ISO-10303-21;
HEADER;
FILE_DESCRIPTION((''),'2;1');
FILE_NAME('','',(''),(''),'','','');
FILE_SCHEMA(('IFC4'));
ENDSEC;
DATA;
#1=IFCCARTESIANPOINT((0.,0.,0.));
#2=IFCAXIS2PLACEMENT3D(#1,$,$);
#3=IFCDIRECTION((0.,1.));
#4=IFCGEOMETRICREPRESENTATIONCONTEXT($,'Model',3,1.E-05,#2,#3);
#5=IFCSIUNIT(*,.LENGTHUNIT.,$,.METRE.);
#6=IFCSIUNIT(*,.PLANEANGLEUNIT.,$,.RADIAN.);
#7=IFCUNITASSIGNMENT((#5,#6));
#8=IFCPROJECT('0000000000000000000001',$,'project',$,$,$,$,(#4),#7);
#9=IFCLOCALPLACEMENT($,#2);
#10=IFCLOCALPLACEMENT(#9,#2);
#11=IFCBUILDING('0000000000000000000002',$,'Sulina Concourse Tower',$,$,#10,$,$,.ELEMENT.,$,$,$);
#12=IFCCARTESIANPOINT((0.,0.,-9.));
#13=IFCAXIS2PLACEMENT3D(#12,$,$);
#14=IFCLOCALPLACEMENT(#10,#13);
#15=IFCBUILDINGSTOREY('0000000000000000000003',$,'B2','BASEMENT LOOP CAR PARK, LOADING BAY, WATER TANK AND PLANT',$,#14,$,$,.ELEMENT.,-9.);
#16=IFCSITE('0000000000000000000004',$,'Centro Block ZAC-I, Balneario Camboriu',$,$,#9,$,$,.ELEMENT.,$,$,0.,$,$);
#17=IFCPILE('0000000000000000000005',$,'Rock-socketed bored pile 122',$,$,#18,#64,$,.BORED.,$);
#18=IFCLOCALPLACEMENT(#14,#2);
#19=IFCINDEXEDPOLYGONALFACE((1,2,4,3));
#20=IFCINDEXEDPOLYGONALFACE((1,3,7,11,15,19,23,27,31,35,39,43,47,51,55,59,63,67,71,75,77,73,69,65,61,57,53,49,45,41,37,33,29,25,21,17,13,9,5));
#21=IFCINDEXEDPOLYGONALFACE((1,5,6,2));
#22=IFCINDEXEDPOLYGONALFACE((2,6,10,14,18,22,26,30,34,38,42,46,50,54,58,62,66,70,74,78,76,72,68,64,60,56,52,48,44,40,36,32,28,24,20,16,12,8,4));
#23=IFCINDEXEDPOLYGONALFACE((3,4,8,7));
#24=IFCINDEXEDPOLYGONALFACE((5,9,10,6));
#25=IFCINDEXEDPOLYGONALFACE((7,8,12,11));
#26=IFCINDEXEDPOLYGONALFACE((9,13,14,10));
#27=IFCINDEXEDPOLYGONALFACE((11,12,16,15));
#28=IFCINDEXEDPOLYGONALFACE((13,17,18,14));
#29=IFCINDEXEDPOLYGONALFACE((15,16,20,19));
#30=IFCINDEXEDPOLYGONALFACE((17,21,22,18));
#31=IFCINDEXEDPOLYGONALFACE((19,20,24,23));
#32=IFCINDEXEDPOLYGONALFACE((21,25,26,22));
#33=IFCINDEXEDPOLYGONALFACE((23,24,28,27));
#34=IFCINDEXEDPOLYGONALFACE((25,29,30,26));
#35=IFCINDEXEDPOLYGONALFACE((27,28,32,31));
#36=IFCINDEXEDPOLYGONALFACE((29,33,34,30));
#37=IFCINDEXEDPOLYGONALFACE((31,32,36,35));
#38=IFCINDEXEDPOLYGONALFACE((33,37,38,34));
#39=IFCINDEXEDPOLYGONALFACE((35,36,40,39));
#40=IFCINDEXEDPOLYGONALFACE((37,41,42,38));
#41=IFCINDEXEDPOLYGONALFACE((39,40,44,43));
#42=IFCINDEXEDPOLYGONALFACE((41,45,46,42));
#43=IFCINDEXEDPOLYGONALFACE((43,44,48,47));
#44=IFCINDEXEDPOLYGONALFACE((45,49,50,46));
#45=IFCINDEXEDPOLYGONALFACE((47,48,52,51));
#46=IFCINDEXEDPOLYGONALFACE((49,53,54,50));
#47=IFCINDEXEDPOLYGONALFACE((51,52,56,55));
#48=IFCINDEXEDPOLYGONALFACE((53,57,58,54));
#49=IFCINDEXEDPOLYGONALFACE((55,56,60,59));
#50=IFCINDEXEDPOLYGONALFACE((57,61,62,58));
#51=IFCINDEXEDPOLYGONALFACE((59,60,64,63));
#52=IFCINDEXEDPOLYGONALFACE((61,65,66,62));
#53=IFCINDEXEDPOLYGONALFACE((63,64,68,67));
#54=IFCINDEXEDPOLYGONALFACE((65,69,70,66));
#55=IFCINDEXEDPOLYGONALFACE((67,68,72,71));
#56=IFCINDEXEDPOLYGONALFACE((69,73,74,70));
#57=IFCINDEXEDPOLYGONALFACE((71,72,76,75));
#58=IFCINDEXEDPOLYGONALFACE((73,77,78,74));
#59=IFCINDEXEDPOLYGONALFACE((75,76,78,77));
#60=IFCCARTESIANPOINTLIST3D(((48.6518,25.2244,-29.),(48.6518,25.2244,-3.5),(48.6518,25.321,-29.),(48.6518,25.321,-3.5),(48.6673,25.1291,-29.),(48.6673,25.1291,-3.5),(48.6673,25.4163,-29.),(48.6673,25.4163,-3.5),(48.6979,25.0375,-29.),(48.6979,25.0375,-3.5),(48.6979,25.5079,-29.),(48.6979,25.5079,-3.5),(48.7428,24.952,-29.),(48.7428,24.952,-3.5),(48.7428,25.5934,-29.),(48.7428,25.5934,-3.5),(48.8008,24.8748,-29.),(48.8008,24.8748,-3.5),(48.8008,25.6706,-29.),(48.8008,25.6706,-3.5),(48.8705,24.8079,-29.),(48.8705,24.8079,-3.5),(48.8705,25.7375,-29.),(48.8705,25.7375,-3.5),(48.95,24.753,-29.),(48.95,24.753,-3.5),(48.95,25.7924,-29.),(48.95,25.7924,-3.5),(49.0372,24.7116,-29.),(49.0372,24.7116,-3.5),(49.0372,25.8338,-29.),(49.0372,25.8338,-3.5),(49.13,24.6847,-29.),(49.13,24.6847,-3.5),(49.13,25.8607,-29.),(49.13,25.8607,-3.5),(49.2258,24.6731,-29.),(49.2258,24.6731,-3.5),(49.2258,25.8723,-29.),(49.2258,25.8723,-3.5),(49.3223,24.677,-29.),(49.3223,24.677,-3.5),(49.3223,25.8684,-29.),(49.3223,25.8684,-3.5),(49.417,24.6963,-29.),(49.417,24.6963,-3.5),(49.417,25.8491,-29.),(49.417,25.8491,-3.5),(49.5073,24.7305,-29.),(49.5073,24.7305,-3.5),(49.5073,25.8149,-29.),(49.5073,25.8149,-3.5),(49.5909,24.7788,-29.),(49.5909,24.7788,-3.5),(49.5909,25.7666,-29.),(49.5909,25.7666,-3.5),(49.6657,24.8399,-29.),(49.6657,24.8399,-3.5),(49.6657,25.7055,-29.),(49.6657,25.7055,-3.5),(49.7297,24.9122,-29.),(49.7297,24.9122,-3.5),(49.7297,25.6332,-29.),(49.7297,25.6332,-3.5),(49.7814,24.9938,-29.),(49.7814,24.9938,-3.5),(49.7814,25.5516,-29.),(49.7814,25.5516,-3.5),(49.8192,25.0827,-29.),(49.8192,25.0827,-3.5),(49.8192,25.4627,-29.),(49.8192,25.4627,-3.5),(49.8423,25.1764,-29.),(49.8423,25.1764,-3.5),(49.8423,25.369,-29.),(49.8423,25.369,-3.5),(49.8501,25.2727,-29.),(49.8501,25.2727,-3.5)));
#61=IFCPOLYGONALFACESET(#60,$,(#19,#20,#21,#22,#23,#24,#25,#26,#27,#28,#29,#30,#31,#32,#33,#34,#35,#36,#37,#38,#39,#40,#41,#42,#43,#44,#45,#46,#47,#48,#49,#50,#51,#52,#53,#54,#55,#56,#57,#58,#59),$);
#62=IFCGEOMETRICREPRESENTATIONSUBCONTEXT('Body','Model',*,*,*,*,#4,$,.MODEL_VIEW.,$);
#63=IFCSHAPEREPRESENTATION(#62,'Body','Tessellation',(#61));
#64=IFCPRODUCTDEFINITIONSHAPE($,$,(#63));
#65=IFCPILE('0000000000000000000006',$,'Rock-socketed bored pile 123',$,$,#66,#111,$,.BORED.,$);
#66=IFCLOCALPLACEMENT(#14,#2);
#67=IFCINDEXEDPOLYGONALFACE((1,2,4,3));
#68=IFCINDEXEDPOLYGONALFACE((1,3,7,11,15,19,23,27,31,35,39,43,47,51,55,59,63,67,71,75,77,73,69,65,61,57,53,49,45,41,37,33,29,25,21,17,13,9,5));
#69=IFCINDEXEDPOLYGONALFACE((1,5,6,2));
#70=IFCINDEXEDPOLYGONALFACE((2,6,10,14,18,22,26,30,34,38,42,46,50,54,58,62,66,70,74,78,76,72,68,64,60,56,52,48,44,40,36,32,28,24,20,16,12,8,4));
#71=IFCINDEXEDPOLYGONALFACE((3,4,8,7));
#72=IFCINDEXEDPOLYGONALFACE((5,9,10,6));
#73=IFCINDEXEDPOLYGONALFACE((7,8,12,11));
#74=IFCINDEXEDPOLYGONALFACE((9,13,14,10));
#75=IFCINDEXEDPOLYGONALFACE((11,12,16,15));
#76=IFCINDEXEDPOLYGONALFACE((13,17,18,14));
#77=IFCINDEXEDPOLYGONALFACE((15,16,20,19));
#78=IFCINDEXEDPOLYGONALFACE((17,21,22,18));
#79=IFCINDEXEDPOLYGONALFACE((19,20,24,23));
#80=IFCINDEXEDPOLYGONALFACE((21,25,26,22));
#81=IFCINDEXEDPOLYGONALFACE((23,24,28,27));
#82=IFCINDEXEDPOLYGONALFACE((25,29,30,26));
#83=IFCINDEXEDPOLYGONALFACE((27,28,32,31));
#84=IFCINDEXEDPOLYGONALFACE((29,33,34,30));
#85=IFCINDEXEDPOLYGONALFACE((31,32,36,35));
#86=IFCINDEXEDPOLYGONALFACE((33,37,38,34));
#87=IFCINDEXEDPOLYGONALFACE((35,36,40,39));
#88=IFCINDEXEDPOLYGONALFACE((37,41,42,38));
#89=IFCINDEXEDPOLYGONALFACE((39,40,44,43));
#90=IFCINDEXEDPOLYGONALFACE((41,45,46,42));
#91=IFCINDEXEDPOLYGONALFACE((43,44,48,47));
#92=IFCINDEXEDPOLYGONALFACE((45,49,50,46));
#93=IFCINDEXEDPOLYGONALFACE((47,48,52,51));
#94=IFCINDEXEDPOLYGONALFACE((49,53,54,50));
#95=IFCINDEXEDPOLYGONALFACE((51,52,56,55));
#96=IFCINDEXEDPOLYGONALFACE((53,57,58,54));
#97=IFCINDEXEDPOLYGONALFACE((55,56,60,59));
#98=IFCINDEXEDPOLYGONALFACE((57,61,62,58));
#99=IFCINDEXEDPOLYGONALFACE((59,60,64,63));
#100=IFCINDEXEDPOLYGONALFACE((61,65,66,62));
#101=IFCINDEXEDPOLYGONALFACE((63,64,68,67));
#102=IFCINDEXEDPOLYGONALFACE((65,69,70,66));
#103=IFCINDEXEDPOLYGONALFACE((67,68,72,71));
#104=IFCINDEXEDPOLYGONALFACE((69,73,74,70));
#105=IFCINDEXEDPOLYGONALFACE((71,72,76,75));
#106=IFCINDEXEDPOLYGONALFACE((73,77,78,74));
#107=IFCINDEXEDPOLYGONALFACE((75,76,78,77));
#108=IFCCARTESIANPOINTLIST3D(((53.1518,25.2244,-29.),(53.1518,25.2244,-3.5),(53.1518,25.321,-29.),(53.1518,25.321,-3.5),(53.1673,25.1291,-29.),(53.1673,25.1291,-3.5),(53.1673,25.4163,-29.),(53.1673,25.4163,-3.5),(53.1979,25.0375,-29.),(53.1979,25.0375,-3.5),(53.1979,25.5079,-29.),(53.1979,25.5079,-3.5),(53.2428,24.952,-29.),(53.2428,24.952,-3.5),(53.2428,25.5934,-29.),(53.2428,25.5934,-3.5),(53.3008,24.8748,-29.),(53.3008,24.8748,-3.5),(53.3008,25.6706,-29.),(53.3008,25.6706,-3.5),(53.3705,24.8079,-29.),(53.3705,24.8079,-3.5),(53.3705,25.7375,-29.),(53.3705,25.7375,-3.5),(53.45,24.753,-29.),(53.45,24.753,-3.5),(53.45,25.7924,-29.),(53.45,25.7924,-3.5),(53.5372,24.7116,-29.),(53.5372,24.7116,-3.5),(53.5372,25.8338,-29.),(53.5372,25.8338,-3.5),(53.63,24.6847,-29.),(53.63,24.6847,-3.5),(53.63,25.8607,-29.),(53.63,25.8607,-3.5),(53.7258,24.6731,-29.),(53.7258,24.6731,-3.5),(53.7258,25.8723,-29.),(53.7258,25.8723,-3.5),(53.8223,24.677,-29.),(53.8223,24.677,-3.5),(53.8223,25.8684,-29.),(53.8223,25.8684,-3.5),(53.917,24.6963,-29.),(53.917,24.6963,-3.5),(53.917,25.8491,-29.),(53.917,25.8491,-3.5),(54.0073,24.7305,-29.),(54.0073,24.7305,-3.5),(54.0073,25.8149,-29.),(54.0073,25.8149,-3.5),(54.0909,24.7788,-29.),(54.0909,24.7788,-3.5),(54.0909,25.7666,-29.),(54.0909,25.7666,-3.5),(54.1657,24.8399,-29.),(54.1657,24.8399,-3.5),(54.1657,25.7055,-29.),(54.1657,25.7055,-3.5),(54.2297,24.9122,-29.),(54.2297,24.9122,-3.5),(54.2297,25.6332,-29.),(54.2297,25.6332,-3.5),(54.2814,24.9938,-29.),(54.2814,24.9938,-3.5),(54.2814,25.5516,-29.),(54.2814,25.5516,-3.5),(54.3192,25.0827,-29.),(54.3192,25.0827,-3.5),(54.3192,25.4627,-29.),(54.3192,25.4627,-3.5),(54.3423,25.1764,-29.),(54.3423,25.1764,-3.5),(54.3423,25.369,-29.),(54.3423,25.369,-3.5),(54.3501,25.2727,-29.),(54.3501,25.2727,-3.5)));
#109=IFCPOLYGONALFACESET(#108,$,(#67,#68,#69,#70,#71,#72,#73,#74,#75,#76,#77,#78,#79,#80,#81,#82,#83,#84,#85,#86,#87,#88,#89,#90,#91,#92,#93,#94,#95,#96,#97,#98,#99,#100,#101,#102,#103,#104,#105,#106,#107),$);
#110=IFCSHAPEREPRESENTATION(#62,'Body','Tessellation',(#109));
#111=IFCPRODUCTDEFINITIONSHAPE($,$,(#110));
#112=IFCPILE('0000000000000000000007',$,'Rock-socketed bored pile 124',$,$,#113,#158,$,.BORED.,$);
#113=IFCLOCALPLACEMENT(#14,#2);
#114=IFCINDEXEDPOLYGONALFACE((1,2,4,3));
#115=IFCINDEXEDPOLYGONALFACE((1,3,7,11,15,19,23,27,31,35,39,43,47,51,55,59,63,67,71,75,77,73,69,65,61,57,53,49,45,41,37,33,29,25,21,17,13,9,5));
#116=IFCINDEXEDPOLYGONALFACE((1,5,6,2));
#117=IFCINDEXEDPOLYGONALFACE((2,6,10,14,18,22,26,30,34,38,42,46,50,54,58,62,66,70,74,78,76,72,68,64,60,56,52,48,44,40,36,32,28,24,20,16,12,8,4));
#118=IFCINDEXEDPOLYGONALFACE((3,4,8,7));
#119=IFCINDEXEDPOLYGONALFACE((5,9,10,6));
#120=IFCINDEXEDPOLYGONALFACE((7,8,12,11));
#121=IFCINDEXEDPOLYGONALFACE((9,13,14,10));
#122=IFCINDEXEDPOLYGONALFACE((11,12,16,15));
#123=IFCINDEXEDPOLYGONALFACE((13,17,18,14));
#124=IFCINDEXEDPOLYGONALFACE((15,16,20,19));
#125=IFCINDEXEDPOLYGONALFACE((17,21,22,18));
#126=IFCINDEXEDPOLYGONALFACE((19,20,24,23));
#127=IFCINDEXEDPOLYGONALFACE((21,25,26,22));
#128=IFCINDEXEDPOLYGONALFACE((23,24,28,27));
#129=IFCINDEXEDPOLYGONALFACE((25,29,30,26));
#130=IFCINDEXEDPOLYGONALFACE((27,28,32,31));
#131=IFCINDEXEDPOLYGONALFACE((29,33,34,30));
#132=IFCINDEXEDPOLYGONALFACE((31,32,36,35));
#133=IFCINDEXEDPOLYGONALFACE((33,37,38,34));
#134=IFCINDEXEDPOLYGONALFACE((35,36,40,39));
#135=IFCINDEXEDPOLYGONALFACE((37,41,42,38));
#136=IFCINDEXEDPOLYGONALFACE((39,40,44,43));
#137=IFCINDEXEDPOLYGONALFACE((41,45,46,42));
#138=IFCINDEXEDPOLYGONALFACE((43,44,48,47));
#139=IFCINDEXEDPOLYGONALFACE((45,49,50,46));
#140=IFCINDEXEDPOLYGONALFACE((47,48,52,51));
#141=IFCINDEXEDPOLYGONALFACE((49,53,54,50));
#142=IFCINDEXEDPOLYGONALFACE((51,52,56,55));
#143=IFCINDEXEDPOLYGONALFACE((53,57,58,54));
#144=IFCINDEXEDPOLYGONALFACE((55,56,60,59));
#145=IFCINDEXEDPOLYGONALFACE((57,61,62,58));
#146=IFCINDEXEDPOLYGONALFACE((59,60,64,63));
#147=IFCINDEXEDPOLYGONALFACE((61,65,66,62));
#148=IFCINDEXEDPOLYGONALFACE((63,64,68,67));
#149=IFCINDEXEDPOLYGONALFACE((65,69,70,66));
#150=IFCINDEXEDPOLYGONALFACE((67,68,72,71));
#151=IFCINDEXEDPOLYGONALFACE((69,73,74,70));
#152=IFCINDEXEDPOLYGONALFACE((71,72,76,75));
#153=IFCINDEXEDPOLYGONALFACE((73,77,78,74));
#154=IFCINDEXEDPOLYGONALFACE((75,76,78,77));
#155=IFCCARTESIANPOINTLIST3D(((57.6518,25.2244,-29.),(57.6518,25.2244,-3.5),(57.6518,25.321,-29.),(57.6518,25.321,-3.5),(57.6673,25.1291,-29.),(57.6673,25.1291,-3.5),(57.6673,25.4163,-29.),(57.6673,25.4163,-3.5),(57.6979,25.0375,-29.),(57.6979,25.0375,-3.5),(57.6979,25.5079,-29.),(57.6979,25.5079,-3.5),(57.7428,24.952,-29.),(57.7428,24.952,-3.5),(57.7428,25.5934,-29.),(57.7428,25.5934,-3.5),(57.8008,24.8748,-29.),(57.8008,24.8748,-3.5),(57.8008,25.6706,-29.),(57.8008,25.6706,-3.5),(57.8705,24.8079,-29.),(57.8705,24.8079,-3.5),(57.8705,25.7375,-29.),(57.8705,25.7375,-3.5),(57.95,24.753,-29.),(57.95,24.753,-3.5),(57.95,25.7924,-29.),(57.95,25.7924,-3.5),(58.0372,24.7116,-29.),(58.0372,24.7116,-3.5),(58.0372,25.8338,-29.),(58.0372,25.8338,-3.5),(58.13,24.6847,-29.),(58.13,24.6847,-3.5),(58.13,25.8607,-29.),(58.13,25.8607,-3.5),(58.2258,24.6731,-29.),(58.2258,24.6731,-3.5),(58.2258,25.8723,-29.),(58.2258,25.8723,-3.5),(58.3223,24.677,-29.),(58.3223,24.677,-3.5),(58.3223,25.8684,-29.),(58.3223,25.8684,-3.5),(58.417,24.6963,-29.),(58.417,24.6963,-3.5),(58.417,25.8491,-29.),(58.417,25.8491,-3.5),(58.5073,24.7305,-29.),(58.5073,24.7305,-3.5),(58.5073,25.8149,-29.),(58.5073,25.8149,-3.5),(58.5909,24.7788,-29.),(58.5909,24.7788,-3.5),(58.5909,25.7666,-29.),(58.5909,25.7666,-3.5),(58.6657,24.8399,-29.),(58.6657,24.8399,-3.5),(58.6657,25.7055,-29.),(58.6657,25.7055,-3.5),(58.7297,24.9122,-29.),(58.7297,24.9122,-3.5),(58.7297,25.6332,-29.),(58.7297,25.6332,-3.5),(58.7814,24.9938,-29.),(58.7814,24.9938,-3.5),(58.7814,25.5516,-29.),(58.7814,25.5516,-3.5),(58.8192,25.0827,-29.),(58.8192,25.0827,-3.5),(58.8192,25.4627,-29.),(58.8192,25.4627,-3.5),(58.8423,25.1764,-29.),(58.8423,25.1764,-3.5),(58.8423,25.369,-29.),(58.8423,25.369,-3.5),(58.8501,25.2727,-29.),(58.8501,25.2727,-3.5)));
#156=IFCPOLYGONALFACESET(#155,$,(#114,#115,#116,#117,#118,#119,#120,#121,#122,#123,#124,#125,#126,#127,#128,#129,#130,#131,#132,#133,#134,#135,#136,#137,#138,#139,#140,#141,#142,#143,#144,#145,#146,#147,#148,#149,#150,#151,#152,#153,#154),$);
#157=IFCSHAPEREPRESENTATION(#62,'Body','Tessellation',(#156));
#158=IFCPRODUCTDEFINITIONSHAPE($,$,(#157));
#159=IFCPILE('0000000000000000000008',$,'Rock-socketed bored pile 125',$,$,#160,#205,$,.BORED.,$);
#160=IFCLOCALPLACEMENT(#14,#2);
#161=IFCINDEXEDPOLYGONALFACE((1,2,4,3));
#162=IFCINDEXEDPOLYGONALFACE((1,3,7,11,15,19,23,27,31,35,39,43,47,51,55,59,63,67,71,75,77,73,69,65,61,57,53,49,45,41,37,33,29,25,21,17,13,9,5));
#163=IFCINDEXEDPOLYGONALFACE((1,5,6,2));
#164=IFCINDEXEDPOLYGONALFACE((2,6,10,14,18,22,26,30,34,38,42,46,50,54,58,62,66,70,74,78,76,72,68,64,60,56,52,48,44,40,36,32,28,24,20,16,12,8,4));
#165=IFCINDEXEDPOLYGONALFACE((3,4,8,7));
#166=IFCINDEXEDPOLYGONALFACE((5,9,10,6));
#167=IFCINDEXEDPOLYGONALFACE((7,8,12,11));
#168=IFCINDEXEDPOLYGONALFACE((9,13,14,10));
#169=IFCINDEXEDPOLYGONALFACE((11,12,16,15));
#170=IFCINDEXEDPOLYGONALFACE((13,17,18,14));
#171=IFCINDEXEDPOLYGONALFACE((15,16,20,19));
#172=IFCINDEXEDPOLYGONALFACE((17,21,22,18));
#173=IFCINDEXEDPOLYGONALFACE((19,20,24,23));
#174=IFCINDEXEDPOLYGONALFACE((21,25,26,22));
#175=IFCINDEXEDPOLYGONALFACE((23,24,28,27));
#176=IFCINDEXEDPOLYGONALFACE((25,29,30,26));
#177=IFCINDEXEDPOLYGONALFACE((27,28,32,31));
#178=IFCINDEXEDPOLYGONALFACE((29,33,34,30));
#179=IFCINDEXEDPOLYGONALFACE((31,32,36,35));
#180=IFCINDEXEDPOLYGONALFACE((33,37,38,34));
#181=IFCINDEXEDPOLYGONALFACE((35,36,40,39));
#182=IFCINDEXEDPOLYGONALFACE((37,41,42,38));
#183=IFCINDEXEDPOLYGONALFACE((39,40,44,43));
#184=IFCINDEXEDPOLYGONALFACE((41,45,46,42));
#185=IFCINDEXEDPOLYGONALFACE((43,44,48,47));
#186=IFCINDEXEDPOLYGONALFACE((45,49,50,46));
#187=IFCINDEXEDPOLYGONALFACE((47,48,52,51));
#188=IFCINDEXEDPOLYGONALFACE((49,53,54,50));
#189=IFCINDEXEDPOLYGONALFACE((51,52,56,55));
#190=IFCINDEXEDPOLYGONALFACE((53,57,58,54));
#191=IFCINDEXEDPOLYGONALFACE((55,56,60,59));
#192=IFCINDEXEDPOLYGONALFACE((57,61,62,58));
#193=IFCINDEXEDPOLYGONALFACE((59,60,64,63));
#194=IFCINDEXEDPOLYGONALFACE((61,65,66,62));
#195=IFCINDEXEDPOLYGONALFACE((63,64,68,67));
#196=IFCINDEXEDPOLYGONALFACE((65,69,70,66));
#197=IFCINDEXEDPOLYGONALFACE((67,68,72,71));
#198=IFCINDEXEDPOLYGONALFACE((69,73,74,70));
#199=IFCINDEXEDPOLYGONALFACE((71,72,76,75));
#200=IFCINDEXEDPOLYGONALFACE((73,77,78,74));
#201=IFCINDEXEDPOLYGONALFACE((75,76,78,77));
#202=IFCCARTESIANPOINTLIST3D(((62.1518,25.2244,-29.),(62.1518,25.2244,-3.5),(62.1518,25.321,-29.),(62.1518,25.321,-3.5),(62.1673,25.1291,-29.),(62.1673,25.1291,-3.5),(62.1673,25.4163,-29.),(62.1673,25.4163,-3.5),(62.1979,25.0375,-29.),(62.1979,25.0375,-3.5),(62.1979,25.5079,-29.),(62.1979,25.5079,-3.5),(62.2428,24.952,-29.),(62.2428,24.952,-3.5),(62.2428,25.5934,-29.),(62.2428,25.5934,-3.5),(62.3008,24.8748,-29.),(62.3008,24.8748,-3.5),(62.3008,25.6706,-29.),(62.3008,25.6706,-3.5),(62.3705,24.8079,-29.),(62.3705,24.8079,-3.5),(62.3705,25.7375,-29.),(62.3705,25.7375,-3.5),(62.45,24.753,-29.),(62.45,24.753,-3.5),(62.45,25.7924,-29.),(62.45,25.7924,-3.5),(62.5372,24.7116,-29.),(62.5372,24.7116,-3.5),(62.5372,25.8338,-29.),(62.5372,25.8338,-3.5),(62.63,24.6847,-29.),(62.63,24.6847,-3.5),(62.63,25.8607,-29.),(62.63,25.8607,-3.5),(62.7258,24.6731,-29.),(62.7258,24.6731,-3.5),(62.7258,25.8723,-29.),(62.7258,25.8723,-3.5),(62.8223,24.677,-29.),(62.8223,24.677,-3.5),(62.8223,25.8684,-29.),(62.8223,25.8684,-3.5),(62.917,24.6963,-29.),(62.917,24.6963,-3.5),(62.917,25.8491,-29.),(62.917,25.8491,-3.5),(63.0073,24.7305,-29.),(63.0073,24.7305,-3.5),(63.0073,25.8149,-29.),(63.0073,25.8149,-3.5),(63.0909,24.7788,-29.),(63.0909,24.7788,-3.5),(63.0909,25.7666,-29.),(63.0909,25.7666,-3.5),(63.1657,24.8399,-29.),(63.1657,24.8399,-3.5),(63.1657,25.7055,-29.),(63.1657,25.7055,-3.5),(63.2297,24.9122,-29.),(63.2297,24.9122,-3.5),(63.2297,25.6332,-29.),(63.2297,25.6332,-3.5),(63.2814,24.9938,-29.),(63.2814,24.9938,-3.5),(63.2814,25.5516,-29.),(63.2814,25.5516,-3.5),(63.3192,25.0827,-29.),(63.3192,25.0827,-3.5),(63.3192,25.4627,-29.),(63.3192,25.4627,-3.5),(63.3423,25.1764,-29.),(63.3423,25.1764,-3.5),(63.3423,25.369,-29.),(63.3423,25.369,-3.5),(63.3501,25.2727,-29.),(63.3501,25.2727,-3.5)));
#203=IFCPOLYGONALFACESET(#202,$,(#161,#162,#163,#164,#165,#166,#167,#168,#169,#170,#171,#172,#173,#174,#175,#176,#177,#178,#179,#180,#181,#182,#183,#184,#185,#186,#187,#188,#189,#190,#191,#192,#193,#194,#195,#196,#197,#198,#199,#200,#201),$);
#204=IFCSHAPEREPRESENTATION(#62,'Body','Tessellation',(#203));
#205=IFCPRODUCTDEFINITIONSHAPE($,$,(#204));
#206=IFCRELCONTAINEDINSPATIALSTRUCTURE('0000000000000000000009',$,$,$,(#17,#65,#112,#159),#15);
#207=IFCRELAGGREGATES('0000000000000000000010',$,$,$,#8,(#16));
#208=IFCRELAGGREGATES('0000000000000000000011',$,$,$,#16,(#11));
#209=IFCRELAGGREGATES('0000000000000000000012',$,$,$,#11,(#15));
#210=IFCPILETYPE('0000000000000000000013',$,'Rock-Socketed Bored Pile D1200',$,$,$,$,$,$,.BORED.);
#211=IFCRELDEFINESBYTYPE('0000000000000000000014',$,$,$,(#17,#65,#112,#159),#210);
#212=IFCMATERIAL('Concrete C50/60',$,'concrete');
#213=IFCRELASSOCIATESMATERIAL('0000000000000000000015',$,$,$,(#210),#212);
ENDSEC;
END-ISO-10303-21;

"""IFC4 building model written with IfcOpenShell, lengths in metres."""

from ifc_helpers import new_model, si_unit, direction, frame, origin, origin_2d, place, context, subcontext, project, spatial, circle, extrude, material, material_profile, profile_set, type_object, element, save


model = new_model("IFC4")

# Units and contexts
model_context = context("Model", 3, precision=1e-05, world=origin(), true_north=direction((0.0, 1.0)))
body_context = subcontext(model_context, "Body", "Model", "MODEL_VIEW")
ifc_project = project(units=[si_unit("LENGTHUNIT", "METRE"), si_unit("PLANEANGLEUNIT", "RADIAN")], contexts=[model_context])

# Site, building, storey
site_placement = place(None, origin())
site = spatial("IfcSite", under=ifc_project, at=site_placement, Name="Centro Block ZAC-I, Balneario Camboriu", CompositionType="ELEMENT", RefElevation=0.0)
building_placement = place(site_placement, origin())
building = spatial("IfcBuilding", under=site, at=building_placement, Name="Sulina Concourse Tower", CompositionType="ELEMENT")
storey_placement = place(building_placement, frame((0.0, 0.0, -9.0)))
storey = spatial("IfcBuildingStorey", under=building, at=storey_placement, Name="B2", Description="BASEMENT LOOP CAR PARK, LOADING BAY, WATER TANK AND PLANT", CompositionType="ELEMENT", Elevation=-9.0)

# Piles
ifc_material_1 = material(Name="Concrete C50/60", Category="concrete")
ifc_material_profile_1 = material_profile(ifc_material_1, circle(Radius=0.6001, at=origin_2d()), Name="PILE D1200")
ifc_profile_set_1 = profile_set([ifc_material_profile_1], Name="Concrete C50/60")
pile_type_1 = type_object("IfcPileType", Name="Rock-Socketed Bored Pile D1200", PredefinedType="BORED", material=ifc_profile_set_1)
for number, where, z_axis, x_axis, name in (
    (1, (49.25, 25.2727, -3.5), (0.0, 0.0, -1.0), (1.0, 0.0, 0.0), "Rock-socketed bored pile 122"),
    (2, (53.75, 25.2727, -3.5), (0.0, 0.0, -1.0), (1.0, 0.0, 0.0), "Rock-socketed bored pile 123"),
    (3, (58.25, 25.2727, -3.5), (0.0, 0.0, -1.0), (1.0, 0.0, 0.0), "Rock-socketed bored pile 124"),
    (4, (62.75, 25.2727, -3.5), (0.0, 0.0, -1.0), (1.0, 0.0, 0.0), "Rock-socketed bored pile 125"),
):
    element("IfcPile", number, at=place(storey_placement, frame(where, z_axis=z_axis, x_axis=x_axis)), inside=storey, type_object=pile_type_1, Name=name, PredefinedType="BORED", context=body_context, shape_type="SweptSolid", body=[
        extrude(circle(Radius=0.6001, at=origin_2d()), origin(), (0.0, 0.0, 1.0), 25.5),
    ])

save(model, "model.ifc")
